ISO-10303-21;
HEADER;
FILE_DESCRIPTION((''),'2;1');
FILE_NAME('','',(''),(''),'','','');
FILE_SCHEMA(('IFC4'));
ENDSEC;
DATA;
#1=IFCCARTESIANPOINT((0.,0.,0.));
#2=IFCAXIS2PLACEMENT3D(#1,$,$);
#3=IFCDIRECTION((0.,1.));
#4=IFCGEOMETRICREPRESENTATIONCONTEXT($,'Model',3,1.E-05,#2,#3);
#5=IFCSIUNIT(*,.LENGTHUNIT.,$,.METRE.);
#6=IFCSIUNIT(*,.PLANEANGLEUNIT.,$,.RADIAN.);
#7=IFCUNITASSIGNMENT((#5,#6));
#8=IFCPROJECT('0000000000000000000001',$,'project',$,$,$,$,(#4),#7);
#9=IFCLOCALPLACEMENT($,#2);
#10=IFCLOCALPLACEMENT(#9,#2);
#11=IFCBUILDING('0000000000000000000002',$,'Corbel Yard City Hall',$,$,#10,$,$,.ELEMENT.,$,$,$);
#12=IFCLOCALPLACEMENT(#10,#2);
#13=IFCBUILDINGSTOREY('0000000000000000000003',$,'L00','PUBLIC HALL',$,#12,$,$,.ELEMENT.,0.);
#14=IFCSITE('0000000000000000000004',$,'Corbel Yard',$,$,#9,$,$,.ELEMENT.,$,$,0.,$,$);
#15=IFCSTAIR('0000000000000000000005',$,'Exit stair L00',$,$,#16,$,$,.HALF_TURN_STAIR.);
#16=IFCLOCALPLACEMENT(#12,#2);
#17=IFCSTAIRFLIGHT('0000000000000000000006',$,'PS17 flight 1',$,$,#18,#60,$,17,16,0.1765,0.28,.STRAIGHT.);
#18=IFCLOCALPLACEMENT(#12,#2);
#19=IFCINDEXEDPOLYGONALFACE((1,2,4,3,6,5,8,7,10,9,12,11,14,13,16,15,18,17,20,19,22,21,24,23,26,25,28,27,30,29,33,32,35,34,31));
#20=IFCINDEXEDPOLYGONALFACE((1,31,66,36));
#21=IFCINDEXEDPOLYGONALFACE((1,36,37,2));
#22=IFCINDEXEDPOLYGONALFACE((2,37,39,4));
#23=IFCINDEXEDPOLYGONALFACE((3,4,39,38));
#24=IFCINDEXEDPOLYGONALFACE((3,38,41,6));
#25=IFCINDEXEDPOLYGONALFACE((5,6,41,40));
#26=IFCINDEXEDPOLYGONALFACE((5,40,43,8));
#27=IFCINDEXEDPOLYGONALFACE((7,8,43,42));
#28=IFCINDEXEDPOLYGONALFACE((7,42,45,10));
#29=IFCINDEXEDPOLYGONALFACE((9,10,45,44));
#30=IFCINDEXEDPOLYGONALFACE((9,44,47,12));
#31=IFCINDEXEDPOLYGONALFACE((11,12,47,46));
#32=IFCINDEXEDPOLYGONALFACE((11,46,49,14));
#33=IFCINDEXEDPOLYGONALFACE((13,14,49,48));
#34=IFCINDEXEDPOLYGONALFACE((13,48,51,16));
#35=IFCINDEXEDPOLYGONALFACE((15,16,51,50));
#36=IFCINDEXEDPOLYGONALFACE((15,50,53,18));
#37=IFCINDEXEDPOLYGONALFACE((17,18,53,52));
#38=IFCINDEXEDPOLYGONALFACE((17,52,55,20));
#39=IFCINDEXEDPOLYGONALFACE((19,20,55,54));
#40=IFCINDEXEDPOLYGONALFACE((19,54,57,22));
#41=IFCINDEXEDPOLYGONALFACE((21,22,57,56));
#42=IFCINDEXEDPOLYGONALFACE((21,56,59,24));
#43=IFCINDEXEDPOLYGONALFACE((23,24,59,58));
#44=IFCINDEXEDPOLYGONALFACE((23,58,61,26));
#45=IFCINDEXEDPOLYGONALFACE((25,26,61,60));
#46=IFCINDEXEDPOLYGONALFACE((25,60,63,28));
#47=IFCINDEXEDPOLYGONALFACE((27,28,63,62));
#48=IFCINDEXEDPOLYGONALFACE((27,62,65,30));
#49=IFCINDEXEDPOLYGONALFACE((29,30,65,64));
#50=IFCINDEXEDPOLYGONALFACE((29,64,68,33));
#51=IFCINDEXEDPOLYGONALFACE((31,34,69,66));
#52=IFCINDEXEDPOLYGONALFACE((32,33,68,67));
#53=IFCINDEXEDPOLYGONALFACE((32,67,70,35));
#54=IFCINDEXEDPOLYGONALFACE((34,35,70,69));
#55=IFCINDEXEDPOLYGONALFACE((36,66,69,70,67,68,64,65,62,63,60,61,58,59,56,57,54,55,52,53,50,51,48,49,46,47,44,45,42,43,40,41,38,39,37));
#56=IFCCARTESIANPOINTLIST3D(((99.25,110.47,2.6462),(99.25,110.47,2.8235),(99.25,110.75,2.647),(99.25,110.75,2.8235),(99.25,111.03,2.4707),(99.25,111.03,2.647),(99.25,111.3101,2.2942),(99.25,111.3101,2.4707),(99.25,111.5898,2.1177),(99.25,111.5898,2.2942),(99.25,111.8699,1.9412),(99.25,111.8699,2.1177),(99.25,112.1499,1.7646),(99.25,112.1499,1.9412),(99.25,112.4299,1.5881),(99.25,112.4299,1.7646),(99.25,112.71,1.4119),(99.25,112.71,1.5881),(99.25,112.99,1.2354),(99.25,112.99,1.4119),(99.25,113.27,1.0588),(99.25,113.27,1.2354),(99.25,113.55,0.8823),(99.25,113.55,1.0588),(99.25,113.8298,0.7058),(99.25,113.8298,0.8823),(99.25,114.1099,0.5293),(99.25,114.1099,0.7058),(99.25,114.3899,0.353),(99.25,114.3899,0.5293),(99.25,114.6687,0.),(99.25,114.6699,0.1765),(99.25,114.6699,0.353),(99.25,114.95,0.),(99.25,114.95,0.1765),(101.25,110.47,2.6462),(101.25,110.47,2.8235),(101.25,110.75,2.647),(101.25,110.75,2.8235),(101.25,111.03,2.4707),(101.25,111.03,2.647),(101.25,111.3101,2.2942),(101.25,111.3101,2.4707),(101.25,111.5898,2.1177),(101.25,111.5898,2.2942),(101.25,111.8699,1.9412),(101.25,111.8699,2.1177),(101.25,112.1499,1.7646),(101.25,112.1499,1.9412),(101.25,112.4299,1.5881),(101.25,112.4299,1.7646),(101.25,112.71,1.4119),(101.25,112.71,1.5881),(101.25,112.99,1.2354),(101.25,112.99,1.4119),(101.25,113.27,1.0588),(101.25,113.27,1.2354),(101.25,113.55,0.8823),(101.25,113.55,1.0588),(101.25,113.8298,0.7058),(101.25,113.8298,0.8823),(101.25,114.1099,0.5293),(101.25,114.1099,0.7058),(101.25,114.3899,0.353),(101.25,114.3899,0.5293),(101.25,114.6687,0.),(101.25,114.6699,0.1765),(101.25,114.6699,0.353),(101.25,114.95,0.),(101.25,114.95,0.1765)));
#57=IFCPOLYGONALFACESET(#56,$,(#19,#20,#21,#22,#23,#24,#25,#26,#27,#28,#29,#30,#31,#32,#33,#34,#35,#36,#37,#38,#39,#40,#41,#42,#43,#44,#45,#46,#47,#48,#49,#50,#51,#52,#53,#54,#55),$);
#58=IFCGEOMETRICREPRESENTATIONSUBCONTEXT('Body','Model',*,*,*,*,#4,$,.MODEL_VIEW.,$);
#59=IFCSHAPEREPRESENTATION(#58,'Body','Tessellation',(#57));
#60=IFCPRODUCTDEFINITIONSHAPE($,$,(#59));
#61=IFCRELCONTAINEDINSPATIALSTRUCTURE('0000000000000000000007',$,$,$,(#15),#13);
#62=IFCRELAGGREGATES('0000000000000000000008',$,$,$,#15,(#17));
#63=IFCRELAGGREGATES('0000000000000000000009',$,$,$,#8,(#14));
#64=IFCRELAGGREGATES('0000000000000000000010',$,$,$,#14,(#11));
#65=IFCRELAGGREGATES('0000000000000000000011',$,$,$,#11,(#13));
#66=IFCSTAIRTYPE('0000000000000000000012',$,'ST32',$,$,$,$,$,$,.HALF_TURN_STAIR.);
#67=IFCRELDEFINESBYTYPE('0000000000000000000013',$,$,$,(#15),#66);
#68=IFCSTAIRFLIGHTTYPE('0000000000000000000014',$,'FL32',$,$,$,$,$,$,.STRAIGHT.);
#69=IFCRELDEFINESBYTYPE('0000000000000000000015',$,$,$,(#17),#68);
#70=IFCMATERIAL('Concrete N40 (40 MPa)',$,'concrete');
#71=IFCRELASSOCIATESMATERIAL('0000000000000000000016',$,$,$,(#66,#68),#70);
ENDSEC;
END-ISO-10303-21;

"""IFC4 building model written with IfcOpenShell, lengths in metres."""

from ifc_helpers import new_model, si_unit, direction, frame, origin, place, context, subcontext, project, spatial, polyline, outline, extrude, material, type_object, element, aggregate, save


model = new_model("IFC4")

# Units and contexts
model_context = context("Model", 3, precision=1e-05, world=origin(), true_north=direction((0.0, 1.0)))
body_context = subcontext(model_context, "Body", "Model", "MODEL_VIEW")
ifc_project = project(units=[si_unit("LENGTHUNIT", "METRE"), si_unit("PLANEANGLEUNIT", "RADIAN")], contexts=[model_context])

# Site, building, storey
site_placement = place(None, origin())
site = spatial("IfcSite", under=ifc_project, at=site_placement, Name="Corbel Yard", CompositionType="ELEMENT", RefElevation=0.0)
building_placement = place(site_placement, origin())
building = spatial("IfcBuilding", under=site, at=building_placement, Name="Corbel Yard City Hall", CompositionType="ELEMENT")
storey_placement = place(building_placement, origin())
storey = spatial("IfcBuildingStorey", under=building, at=storey_placement, Name="L00", Description="PUBLIC HALL", CompositionType="ELEMENT", Elevation=0.0)

# Stair, stair flight
ifc_material_1 = material(Name="Concrete N40 (40 MPa)", Category="concrete")
stair_type = type_object("IfcStairType", Name="ST32", PredefinedType="HALF_TURN_STAIR", material=ifc_material_1)
stair_placement = place(storey_placement, origin())
stair = element("IfcStair", 1, at=stair_placement, inside=storey, type_object=stair_type, Name="Exit stair L00", PredefinedType="HALF_TURN_STAIR")
stair_flight_type = type_object("IfcStairFlightType", Name="FL32", PredefinedType="STRAIGHT", material=ifc_material_1)
stair_flight_placement = place(storey_placement, frame((100.25, 114.95, 0.0), z_axis=(0.0, 0.0, 1.0), x_axis=(0.0, -1.0, 0.0)))
stair_flight = element("IfcStairFlight", 2, at=stair_flight_placement, type_object=stair_flight_type, Name="PS17 flight 1", NumberOfRisers=17, NumberOfTreads=16, PredefinedType="STRAIGHT", RiserHeight=0.1765, TreadLength=0.28, context=body_context, shape_type="SweptSolid", body=[
    extrude(outline(polyline([(0.0, 0.0), (0.0, 0.1765), (0.28, 0.1765), (0.28, 0.353), (0.5601, 0.353), (0.5601, 0.5293), (0.8401, 0.5293), (0.8401, 0.7058), (1.1201, 0.7058), (1.1201, 0.8823), (1.3999, 0.8823), (1.3999, 1.0588), (1.6799, 1.0588), (1.6799, 1.2354), (1.96, 1.2354), (1.96, 1.4119), (2.24, 1.4119), (2.24, 1.5881), (2.52, 1.5881), (2.52, 1.7646), (2.8, 1.7646), (2.8, 1.9412), (3.0801, 1.9412), (3.0801, 2.1177), (3.3601, 2.1177), (3.3601, 2.2942), (3.6399, 2.2942), (3.6399, 2.4707), (3.9199, 2.4707), (3.9199, 2.647), (4.2, 2.647), (4.2, 2.8235), (4.48, 2.8235), (4.48, 3.0), (4.48, 2.6462), (0.2812, 0.0), (0.0, 0.0)])), frame((0.0, 1.0, 0.0), z_axis=(0.0, -1.0, 0.0), x_axis=(1.0, 0.0, 0.0)), (0.0, 0.0, 1.0), 2.0),
])
aggregate(stair, [stair_flight])

save(model, "model.ifc")
